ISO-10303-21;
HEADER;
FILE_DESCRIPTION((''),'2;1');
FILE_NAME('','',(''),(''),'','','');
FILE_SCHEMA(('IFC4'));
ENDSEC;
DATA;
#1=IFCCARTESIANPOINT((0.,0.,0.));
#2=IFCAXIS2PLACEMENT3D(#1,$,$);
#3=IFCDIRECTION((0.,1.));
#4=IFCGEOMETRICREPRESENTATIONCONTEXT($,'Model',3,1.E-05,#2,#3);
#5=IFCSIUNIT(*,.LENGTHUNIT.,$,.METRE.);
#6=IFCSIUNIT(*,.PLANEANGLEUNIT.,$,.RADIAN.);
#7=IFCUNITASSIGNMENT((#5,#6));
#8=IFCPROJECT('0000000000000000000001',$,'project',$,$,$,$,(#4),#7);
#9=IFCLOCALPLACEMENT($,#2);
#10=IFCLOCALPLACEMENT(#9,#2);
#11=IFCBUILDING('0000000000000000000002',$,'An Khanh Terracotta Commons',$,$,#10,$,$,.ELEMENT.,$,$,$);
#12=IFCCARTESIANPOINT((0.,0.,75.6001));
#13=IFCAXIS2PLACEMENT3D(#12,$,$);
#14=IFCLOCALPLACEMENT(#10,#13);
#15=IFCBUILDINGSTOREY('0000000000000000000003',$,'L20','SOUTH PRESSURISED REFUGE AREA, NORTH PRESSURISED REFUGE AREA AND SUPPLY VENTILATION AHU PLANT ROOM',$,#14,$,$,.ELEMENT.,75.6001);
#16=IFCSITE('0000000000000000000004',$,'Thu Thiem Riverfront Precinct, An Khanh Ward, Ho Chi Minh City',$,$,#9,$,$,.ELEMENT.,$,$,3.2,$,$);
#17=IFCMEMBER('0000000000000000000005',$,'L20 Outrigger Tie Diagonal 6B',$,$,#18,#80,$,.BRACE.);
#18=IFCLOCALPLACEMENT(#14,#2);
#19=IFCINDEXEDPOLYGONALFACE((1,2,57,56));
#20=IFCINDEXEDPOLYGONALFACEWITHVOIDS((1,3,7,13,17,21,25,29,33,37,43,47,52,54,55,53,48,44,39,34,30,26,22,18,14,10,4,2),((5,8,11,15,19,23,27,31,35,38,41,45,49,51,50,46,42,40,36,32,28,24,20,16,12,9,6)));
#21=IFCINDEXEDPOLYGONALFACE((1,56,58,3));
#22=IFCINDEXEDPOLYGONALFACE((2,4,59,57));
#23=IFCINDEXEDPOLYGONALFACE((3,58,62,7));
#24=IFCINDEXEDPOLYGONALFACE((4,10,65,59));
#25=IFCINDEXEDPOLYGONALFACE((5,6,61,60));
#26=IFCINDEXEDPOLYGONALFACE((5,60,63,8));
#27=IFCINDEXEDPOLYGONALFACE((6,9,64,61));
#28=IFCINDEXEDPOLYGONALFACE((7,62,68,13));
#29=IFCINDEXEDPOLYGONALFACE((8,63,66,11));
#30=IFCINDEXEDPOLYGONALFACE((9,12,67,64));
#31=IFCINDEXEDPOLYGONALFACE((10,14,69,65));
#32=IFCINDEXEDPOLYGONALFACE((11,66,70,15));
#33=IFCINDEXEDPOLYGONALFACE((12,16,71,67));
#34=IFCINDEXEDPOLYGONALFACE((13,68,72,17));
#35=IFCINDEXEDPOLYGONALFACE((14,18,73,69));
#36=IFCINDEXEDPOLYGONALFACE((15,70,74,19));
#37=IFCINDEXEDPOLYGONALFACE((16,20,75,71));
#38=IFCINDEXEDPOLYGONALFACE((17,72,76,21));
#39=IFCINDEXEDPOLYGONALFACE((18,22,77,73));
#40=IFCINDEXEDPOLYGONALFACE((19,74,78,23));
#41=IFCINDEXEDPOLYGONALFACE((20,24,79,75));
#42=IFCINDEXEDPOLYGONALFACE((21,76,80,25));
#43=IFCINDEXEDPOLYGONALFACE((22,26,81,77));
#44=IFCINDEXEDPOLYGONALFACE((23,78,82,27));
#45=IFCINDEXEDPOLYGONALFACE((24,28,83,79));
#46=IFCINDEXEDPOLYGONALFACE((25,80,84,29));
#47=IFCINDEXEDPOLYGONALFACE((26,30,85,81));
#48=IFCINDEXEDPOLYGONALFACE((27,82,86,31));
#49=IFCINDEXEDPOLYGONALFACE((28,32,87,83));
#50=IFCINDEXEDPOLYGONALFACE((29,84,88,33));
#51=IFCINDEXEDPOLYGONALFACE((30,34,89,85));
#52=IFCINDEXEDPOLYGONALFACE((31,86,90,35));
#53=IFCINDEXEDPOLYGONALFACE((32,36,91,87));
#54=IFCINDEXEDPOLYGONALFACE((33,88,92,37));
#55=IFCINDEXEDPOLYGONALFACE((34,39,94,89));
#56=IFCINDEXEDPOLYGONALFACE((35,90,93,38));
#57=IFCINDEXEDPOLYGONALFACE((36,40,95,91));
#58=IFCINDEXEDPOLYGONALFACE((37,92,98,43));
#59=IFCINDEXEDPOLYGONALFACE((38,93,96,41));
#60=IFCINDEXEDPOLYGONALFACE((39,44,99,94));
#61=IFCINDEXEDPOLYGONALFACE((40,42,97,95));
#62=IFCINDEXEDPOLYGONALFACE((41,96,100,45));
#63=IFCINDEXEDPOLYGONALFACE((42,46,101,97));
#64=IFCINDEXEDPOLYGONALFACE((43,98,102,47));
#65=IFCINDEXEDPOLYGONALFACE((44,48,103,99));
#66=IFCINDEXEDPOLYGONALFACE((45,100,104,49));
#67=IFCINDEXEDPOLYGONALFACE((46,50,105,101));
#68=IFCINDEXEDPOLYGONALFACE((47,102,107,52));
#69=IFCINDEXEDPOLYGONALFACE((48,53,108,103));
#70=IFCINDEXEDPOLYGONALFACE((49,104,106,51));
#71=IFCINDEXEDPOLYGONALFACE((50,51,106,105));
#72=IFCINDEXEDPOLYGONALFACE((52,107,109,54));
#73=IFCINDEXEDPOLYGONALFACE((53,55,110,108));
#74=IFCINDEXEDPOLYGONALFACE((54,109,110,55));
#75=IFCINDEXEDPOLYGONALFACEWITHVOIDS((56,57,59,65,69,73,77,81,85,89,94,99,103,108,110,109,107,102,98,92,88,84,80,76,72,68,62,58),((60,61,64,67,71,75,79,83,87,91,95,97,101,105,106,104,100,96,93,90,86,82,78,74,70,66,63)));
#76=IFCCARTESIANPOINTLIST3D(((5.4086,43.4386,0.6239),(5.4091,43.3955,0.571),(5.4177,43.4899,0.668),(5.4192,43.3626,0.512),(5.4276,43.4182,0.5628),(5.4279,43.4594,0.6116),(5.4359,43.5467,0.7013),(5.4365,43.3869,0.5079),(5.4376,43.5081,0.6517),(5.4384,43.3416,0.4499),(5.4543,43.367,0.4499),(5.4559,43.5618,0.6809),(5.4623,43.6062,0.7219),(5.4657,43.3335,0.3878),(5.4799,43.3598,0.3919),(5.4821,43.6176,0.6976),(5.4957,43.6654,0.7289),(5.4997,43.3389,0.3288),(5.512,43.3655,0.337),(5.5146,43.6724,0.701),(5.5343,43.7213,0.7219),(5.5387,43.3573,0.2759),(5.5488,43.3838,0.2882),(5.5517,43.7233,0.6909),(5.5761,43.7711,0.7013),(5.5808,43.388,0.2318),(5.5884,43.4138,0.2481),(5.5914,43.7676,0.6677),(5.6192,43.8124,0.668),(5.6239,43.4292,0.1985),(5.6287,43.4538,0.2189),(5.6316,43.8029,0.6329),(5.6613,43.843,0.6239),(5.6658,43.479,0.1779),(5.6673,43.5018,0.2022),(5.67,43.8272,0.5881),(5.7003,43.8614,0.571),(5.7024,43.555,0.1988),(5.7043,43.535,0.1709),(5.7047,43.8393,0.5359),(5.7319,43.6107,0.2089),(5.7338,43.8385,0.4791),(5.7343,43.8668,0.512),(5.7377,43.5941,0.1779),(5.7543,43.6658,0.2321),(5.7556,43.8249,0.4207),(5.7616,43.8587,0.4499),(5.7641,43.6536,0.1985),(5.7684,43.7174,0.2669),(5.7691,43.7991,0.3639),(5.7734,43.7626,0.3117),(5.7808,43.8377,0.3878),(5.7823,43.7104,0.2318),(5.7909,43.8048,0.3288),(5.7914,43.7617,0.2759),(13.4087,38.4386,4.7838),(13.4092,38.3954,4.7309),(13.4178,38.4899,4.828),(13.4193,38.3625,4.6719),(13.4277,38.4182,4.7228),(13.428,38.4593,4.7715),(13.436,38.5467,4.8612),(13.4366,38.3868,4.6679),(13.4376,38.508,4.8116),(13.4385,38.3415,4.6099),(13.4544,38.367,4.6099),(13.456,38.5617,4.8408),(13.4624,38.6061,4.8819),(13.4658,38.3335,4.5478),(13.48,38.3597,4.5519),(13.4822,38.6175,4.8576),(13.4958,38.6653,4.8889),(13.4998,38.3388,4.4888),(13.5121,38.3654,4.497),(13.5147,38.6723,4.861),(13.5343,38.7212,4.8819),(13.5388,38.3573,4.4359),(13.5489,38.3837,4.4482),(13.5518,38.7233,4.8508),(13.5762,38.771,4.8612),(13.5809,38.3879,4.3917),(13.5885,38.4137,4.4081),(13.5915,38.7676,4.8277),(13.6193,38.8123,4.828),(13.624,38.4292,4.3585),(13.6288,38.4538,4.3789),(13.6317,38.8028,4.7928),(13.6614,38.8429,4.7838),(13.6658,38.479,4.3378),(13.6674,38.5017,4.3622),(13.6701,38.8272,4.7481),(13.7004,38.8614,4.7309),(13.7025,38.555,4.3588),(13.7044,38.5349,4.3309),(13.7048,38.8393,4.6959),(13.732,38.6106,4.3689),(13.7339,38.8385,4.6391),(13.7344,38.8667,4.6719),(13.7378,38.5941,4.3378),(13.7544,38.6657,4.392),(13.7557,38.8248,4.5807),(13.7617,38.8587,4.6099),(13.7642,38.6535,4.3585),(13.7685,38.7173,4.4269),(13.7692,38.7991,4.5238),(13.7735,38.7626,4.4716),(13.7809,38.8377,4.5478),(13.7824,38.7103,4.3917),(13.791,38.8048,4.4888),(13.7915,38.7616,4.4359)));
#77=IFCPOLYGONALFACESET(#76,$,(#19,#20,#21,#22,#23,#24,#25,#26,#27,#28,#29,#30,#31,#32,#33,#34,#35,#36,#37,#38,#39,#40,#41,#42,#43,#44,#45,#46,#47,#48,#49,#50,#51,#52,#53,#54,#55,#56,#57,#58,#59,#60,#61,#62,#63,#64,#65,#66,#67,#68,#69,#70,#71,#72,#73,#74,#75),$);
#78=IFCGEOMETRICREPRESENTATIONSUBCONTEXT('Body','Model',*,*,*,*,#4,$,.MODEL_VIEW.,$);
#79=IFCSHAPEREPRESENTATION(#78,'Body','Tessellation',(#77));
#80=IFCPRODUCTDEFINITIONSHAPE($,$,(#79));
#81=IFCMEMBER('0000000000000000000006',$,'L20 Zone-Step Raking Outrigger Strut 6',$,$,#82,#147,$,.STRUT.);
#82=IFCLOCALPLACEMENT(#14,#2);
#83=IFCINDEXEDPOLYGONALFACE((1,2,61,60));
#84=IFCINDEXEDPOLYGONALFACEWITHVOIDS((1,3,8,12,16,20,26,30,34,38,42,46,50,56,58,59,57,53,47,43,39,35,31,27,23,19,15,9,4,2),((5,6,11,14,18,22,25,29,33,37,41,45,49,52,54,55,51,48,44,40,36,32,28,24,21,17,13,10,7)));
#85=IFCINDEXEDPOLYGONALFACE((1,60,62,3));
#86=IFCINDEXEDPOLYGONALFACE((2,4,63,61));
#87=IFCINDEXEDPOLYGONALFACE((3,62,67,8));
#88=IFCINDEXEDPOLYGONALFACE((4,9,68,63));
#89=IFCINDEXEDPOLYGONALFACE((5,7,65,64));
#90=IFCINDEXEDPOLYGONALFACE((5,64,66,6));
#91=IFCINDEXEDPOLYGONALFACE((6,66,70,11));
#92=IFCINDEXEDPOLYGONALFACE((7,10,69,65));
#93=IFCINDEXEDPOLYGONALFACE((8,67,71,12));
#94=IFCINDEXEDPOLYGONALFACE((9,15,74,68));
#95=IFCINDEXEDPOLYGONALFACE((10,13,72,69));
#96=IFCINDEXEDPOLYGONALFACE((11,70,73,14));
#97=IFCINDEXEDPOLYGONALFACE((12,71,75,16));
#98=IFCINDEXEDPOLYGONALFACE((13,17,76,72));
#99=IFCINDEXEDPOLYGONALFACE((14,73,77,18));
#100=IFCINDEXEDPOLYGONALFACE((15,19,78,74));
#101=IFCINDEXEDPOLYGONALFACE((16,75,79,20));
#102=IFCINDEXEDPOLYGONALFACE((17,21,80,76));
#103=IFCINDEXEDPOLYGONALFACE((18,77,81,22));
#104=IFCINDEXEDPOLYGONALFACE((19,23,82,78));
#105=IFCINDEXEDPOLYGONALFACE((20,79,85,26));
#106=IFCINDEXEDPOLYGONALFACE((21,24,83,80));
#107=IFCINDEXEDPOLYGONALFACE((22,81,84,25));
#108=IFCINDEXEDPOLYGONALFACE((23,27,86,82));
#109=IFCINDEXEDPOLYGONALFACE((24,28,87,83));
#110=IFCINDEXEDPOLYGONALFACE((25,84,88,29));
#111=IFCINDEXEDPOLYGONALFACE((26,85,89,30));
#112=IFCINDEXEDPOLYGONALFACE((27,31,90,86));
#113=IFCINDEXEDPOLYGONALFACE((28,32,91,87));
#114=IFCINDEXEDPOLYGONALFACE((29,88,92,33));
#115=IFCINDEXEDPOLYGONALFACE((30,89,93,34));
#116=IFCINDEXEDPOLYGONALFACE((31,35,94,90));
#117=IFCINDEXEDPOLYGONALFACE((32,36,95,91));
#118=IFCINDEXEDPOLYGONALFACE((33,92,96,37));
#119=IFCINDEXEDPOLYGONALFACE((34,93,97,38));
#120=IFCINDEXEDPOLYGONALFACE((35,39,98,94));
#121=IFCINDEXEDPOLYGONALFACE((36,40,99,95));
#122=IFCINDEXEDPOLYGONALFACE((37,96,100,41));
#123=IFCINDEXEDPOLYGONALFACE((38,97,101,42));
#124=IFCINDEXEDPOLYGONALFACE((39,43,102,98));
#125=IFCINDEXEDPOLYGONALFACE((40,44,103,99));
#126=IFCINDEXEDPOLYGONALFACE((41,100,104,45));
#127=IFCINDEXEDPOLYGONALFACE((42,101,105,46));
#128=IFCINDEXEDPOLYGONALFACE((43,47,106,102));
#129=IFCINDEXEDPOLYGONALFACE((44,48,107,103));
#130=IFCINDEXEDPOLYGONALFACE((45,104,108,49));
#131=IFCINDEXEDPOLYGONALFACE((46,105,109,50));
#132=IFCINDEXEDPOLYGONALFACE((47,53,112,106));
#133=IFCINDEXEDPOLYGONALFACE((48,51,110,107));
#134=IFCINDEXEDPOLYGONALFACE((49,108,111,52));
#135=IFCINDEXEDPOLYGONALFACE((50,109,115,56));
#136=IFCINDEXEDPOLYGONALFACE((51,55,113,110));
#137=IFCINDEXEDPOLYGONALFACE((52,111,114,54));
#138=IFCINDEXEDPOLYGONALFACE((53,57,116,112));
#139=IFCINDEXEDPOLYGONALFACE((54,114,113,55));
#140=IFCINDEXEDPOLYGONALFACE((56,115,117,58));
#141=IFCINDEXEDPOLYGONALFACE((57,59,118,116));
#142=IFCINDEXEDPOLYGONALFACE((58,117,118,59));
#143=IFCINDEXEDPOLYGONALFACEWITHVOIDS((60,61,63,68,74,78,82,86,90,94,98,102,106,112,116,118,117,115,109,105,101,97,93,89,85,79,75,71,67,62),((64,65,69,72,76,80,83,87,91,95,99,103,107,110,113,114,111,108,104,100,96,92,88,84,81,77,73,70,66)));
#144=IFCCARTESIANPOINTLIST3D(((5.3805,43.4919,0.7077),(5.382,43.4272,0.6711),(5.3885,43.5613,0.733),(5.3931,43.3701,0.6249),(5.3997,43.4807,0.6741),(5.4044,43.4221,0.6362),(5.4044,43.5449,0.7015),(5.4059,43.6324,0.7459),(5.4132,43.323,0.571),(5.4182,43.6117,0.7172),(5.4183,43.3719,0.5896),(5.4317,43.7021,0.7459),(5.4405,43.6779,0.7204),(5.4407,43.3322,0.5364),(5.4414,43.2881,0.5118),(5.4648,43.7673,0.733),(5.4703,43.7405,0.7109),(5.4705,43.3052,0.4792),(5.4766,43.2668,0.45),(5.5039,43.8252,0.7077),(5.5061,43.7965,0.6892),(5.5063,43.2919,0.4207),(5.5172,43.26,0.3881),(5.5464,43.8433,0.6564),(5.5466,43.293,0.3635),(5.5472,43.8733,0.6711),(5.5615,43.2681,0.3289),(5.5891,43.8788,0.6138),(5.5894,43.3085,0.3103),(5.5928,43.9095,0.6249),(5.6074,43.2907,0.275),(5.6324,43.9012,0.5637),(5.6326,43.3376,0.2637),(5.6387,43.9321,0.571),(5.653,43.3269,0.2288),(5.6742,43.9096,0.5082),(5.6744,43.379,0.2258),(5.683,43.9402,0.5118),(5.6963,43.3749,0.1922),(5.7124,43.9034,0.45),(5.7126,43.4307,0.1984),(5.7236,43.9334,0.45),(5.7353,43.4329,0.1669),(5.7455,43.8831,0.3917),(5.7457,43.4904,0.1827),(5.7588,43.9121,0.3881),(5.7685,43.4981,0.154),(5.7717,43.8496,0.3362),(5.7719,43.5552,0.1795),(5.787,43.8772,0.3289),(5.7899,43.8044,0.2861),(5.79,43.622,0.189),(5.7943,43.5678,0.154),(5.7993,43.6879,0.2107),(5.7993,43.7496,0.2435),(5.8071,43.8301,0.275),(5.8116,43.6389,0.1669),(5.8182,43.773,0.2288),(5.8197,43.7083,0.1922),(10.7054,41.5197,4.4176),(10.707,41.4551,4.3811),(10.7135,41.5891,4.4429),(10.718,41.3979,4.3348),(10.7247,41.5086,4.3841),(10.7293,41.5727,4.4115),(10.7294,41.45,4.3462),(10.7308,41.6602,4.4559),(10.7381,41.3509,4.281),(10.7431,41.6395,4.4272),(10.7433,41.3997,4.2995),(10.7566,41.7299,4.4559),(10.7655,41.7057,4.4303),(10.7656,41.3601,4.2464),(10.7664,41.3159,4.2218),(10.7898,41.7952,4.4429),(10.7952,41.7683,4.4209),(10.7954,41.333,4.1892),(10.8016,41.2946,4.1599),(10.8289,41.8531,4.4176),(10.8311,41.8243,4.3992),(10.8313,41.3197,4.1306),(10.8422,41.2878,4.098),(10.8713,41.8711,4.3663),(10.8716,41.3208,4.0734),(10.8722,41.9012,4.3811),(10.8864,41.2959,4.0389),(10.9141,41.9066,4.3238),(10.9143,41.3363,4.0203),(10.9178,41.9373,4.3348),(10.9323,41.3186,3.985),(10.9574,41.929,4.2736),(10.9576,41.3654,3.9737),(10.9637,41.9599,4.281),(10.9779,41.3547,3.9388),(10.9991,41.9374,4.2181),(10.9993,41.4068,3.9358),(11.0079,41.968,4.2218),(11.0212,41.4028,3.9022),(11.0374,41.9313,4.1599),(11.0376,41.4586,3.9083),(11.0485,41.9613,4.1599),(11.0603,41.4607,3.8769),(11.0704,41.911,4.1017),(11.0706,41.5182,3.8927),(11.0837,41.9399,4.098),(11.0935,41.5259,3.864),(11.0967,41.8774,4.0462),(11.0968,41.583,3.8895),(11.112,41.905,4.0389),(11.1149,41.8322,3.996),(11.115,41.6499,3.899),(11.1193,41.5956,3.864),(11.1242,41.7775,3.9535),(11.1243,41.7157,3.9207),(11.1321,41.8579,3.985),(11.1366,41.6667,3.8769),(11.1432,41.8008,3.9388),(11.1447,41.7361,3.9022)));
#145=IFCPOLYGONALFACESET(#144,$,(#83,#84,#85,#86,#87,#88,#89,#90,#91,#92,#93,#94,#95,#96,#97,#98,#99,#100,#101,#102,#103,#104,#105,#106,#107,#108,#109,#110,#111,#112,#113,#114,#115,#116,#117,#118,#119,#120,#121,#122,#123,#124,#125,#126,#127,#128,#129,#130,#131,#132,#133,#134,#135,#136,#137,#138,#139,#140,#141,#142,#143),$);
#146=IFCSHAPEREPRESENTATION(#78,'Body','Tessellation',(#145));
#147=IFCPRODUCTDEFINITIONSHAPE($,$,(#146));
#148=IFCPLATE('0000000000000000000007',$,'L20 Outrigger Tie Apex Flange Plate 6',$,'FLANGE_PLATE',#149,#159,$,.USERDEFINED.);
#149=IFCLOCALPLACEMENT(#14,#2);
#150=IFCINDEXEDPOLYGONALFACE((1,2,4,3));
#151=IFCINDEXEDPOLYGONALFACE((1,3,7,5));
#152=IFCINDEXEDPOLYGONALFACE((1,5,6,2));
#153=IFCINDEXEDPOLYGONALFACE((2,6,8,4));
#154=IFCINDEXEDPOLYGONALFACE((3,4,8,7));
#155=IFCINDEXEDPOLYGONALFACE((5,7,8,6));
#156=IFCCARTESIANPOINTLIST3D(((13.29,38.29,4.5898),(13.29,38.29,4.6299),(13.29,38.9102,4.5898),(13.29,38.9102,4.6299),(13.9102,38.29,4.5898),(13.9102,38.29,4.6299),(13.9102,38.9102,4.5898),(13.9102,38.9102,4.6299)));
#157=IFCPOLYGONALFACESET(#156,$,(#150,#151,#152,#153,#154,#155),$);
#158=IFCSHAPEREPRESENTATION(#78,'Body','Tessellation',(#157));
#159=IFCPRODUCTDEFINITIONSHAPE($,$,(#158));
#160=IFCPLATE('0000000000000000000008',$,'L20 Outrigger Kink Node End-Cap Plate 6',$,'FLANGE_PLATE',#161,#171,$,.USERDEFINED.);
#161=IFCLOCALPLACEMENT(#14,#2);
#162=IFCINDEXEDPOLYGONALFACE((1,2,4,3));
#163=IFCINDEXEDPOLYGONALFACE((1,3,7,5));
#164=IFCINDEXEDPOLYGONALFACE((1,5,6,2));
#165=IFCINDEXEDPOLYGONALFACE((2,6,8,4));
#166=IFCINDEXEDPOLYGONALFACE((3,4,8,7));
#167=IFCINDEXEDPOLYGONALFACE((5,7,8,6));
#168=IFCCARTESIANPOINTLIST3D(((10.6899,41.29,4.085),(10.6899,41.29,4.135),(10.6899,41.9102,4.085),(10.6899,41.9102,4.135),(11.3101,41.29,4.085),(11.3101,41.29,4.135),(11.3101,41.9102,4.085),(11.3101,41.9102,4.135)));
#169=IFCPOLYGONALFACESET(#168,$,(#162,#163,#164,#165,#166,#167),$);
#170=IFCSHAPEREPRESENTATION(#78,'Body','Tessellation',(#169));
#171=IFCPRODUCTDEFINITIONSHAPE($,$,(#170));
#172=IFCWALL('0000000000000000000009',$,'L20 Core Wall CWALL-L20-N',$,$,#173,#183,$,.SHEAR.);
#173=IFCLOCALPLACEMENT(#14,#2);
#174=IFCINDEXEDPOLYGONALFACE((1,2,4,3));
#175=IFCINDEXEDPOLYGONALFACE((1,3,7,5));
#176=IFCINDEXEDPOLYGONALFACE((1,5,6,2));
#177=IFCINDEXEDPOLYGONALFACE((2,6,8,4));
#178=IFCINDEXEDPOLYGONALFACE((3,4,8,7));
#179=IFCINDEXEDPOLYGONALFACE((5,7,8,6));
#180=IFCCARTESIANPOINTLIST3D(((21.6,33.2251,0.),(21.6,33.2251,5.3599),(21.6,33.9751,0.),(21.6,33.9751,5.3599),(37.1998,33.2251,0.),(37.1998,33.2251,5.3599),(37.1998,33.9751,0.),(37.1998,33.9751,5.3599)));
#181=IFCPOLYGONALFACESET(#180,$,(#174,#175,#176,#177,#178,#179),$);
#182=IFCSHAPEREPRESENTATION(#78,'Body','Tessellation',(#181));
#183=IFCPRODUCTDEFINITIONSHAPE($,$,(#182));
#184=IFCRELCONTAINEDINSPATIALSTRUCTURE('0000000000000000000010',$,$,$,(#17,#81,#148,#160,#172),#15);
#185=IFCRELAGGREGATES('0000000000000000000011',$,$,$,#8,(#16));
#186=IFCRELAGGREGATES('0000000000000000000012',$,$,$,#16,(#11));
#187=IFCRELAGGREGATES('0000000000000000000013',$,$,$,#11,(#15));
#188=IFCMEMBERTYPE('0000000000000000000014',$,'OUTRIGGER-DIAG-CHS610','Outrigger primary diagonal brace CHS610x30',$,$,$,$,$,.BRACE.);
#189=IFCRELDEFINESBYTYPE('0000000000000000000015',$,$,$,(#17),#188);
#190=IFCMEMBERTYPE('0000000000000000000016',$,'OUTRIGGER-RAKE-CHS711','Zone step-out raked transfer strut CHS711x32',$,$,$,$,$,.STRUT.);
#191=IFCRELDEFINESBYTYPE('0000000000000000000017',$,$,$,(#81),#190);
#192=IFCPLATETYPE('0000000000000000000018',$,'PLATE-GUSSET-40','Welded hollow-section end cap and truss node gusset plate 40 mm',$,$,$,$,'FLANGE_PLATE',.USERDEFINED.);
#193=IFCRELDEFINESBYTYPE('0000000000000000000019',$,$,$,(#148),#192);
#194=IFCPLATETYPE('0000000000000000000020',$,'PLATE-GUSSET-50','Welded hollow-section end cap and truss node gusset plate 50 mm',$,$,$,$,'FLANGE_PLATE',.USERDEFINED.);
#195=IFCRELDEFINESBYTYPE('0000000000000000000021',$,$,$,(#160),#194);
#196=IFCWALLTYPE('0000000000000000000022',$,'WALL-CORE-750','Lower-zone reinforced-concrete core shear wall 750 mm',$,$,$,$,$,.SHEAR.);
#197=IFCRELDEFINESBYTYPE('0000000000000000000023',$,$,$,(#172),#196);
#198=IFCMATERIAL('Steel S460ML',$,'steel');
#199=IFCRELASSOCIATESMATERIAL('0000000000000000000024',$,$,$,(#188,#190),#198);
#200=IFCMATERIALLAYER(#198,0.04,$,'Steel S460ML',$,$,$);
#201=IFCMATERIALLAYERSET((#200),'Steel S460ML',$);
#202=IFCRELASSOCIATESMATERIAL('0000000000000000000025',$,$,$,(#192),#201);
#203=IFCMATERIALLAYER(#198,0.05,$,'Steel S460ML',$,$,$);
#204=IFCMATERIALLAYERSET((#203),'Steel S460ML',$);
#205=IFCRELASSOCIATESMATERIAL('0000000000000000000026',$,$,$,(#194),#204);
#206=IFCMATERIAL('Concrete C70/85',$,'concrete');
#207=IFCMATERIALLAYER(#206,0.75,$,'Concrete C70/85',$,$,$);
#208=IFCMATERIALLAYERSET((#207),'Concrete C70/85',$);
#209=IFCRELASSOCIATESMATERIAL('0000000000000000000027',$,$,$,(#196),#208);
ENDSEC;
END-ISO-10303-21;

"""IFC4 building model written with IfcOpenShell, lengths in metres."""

from ifc_helpers import new_model, si_unit, direction, frame, frame_2d, origin, origin_2d, place, context, subcontext, project, spatial, rectangle, hollow_circle, extrude, material, layer, layer_set, material_profile, profile_set, type_object, element, save


model = new_model("IFC4")

# Units and contexts
model_context = context("Model", 3, precision=1e-05, world=origin(), true_north=direction((0.0, 1.0)))
body_context = subcontext(model_context, "Body", "Model", "MODEL_VIEW")
ifc_project = project(units=[si_unit("LENGTHUNIT", "METRE"), si_unit("PLANEANGLEUNIT", "RADIAN")], contexts=[model_context])

# Site, building, storey
site_placement = place(None, origin())
site = spatial("IfcSite", under=ifc_project, at=site_placement, Name="Thu Thiem Riverfront Precinct, An Khanh Ward, Ho Chi Minh City", CompositionType="ELEMENT", RefElevation=3.2)
building_placement = place(site_placement, origin())
building = spatial("IfcBuilding", under=site, at=building_placement, Name="An Khanh Terracotta Commons", CompositionType="ELEMENT")
storey_placement = place(building_placement, frame((0.0, 0.0, 75.6001)))
storey = spatial("IfcBuildingStorey", under=building, at=storey_placement, Name="L20", Description="SOUTH PRESSURISED REFUGE AREA, NORTH PRESSURISED REFUGE AREA AND SUPPLY VENTILATION AHU PLANT ROOM", CompositionType="ELEMENT", Elevation=75.6001)

# Shared definitions
ifc_material_1 = material(Name="Concrete C70/85", Category="concrete")

# Shared definitions
ifc_material_2 = material(Name="Steel S460ML", Category="steel")

# Members
ifc_material_profile_1 = material_profile(ifc_material_2, hollow_circle(Radius=0.3049, WallThickness=0.03, at=origin_2d()), Name="CHS610x30")
ifc_profile_set_1 = profile_set([ifc_material_profile_1], Name="Steel S460ML")
member_type_1 = type_object("IfcMemberType", Name="OUTRIGGER-DIAG-CHS610", Description="Outrigger primary diagonal brace CHS610x30", PredefinedType="BRACE", material=ifc_profile_set_1)
for number, where, z_axis, x_axis, name in (
    (1, (13.6001, 38.6001, 4.6099), (-0.775914, 0.484946, -0.403467), (-0.529999, -0.847998, 0.0), "L20 Outrigger Tie Diagonal 6B"),
):
    element("IfcMember", number, at=place(storey_placement, frame(where, z_axis=z_axis, x_axis=x_axis)), inside=storey, type_object=member_type_1, Name=name, PredefinedType="BRACE", context=body_context, shape_type="SweptSolid", body=[
        extrude(hollow_circle(Radius=0.3049, WallThickness=0.03, at=origin_2d()), origin(), (0.0, 0.0, 1.0), 10.3105),
    ])
ifc_material_profile_2 = material_profile(ifc_material_2, hollow_circle(Radius=0.3555, WallThickness=0.032, at=origin_2d()), Name="CHS711x32")
ifc_profile_set_2 = profile_set([ifc_material_profile_2], Name="Steel S460ML")
member_type_2 = type_object("IfcMemberType", Name="OUTRIGGER-RAKE-CHS711", Description="Zone step-out raked transfer strut CHS711x32", PredefinedType="STRUT", material=ifc_profile_set_2)
member_1_placement = place(storey_placement, frame((5.6001, 43.6001, 0.45), z_axis=(0.78505, -0.290754, 0.546954), x_axis=(0.347309, 0.937751, 0.0)))
element("IfcMember", 2, at=member_1_placement, inside=storey, type_object=member_type_2, Name="L20 Zone-Step Raking Outrigger Strut 6", PredefinedType="STRUT", context=body_context, shape_type="SweptSolid", body=[
    extrude(hollow_circle(Radius=0.3555, WallThickness=0.032, at=origin_2d()), origin(), (0.0, 0.0, 1.0), 6.783),
])

# Plates
ifc_layer_1 = layer(ifc_material_2, 0.04, Name="Steel S460ML")
ifc_layer_set_1 = layer_set([ifc_layer_1], Name="Steel S460ML")
plate_type_1 = type_object("IfcPlateType", Name="PLATE-GUSSET-40", Description="Welded hollow-section end cap and truss node gusset plate 40 mm", ElementType="FLANGE_PLATE", PredefinedType="USERDEFINED", material=ifc_layer_set_1)
plate_1_placement = place(storey_placement, frame((13.6001, 38.6001, 4.5898), z_axis=(0.0, 0.0, 1.0), x_axis=(1.0, 0.0, 0.0)))
element("IfcPlate", 3, at=plate_1_placement, inside=storey, type_object=plate_type_1, Name="L20 Outrigger Tie Apex Flange Plate 6", ObjectType="FLANGE_PLATE", PredefinedType="USERDEFINED", context=body_context, shape_type="SweptSolid", body=[
    extrude(rectangle(XDim=0.6201, YDim=0.6201, at=origin_2d()), origin(), (0.0, 0.0, 1.0), 0.04),
])
ifc_layer_2 = layer(ifc_material_2, 0.05, Name="Steel S460ML")
ifc_layer_set_2 = layer_set([ifc_layer_2], Name="Steel S460ML")
plate_type_2 = type_object("IfcPlateType", Name="PLATE-GUSSET-50", Description="Welded hollow-section end cap and truss node gusset plate 50 mm", ElementType="FLANGE_PLATE", PredefinedType="USERDEFINED", material=ifc_layer_set_2)
plate_2_placement = place(storey_placement, frame((11.0, 41.6001, 4.085), z_axis=(0.0, 0.0, 1.0), x_axis=(1.0, 0.0, 0.0)))
element("IfcPlate", 4, at=plate_2_placement, inside=storey, type_object=plate_type_2, Name="L20 Outrigger Kink Node End-Cap Plate 6", ObjectType="FLANGE_PLATE", PredefinedType="USERDEFINED", context=body_context, shape_type="SweptSolid", body=[
    extrude(rectangle(XDim=0.6201, YDim=0.6201, at=origin_2d()), origin(), (0.0, 0.0, 1.0), 0.05),
])

# Wall
ifc_layer_3 = layer(ifc_material_1, 0.75, Name="Concrete C70/85")
ifc_layer_set_3 = layer_set([ifc_layer_3], Name="Concrete C70/85")
wall_type_1 = type_object("IfcWallType", Name="WALL-CORE-750", Description="Lower-zone reinforced-concrete core shear wall 750 mm", PredefinedType="SHEAR", material=ifc_layer_set_3)
wall_1_placement = place(storey_placement, frame((21.6001, 33.6001, 0.0), z_axis=(0.0, 0.0, 1.0), x_axis=(1.0, 0.0, 0.0)))
element("IfcWall", 5, at=wall_1_placement, inside=storey, type_object=wall_type_1, Name="L20 Core Wall CWALL-L20-N", PredefinedType="SHEAR", context=body_context, shape_type="SweptSolid", body=[
    extrude(rectangle(XDim=15.5999, YDim=0.75, at=frame_2d((7.7998, 0.0))), origin(), (0.0, 0.0, 1.0), 5.3599),
])

save(model, "model.ifc")
